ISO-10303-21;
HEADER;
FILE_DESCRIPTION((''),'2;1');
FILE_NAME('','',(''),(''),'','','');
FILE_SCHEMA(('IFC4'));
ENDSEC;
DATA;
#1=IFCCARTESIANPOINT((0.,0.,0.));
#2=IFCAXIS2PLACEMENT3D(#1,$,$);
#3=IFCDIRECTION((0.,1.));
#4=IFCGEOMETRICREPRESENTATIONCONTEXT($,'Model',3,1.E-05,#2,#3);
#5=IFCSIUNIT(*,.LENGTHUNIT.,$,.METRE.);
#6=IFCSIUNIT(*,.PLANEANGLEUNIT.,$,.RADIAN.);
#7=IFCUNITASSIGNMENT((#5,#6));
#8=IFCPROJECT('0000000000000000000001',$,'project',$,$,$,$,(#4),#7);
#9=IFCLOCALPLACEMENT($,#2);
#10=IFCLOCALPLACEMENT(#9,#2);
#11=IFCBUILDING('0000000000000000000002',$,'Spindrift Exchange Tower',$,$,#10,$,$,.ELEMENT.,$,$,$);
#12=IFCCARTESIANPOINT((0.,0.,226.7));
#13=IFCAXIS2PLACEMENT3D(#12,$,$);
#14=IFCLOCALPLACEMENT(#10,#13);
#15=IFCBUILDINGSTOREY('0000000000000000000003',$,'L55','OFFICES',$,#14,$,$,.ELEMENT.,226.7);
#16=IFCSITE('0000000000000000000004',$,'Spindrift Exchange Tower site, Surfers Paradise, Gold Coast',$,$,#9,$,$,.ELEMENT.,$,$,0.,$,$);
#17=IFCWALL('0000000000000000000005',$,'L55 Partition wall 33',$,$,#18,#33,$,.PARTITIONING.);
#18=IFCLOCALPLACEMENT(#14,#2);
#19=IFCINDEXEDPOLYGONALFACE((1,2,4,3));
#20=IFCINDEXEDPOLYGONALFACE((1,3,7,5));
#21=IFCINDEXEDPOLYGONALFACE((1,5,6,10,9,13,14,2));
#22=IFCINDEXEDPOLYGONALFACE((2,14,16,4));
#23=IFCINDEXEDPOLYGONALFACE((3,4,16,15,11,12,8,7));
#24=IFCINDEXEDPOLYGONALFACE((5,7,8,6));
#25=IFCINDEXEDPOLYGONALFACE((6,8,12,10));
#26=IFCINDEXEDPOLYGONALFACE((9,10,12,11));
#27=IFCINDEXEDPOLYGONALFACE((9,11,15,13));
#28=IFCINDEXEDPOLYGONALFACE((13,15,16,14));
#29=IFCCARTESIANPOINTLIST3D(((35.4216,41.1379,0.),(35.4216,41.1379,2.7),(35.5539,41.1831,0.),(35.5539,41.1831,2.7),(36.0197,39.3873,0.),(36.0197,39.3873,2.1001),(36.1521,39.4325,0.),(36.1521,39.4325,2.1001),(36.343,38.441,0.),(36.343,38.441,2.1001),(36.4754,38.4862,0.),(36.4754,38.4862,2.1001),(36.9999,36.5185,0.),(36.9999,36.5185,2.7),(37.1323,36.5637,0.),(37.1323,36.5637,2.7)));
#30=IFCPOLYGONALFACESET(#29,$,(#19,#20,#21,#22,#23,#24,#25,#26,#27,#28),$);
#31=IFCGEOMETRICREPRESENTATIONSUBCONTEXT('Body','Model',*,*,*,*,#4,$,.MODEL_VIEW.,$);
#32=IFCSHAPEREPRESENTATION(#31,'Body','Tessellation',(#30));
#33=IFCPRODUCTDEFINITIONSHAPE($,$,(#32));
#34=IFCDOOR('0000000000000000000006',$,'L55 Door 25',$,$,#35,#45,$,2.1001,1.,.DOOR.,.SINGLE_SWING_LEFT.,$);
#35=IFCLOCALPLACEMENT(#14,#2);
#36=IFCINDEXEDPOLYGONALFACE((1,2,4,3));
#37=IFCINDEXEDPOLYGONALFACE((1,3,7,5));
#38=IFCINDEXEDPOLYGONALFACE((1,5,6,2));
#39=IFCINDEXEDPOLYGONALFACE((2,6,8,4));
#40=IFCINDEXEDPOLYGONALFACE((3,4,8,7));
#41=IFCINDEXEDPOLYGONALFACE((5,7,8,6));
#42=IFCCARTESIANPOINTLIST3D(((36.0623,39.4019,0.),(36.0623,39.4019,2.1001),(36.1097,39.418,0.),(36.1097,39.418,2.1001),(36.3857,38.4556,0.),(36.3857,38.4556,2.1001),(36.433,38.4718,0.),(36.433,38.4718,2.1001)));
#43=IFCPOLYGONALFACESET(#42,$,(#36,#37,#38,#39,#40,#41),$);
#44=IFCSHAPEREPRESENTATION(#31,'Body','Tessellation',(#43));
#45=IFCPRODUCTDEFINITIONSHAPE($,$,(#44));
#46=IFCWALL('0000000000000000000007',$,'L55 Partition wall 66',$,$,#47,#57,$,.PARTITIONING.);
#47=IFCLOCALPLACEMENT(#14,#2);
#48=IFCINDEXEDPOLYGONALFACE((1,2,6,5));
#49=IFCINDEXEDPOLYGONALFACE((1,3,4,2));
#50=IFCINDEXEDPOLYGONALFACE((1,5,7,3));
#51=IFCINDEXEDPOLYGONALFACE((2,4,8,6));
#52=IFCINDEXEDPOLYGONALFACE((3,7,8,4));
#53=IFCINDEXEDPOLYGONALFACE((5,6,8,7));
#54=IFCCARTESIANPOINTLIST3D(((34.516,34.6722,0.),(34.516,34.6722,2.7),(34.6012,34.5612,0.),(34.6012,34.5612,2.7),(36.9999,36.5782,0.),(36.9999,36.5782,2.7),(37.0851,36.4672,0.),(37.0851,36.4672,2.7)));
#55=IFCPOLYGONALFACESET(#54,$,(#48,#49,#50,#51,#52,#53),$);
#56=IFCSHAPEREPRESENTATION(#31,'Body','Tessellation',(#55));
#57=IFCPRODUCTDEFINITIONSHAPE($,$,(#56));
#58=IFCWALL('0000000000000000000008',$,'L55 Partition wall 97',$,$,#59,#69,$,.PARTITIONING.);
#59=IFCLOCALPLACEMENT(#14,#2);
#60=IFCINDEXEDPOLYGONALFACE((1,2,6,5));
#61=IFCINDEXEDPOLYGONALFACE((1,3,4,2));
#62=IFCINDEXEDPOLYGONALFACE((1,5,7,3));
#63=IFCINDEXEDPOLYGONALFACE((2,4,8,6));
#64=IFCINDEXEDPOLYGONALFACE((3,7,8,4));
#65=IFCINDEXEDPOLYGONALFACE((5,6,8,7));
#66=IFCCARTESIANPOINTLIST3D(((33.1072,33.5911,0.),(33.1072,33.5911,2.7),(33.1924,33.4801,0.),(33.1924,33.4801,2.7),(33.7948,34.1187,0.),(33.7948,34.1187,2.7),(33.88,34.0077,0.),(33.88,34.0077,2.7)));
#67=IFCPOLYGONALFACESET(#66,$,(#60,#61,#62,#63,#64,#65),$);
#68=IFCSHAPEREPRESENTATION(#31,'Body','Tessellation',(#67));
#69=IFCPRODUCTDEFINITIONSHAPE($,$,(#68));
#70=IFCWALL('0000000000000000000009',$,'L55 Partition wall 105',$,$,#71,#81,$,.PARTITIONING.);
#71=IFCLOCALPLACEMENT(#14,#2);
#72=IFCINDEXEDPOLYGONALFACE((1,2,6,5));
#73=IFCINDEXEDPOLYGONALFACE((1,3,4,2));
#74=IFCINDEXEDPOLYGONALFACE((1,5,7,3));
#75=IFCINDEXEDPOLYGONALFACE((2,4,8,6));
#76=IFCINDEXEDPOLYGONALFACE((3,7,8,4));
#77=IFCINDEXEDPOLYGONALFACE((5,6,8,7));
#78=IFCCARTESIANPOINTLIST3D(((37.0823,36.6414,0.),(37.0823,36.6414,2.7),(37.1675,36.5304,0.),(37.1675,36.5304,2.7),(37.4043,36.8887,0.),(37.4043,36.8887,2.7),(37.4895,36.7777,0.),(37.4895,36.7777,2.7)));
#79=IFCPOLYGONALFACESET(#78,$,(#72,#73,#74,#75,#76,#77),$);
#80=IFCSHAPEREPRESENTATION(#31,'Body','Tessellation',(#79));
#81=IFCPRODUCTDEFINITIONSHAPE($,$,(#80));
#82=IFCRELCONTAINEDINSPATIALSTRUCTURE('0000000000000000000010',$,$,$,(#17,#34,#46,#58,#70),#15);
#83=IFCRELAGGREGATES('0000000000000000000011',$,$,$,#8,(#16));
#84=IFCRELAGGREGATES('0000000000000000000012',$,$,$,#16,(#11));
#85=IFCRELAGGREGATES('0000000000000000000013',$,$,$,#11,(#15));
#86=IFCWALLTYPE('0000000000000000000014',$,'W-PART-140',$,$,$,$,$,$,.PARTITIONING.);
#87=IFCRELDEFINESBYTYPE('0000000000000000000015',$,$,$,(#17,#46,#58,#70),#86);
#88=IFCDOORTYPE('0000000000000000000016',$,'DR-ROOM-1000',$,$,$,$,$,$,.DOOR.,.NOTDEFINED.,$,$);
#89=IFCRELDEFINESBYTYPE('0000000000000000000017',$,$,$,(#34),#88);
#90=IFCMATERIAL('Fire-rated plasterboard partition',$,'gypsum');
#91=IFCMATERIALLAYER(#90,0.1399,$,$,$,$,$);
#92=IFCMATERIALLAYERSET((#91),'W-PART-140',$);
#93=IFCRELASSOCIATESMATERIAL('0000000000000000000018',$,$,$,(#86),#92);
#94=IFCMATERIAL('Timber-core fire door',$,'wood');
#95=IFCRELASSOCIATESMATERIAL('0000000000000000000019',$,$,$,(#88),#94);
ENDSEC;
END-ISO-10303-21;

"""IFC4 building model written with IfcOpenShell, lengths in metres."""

from ifc_helpers import new_model, si_unit, direction, frame, frame_2d, origin, place, context, subcontext, project, spatial, rectangle, extrude, source, transform, mapped, material, layer, layer_set, type_object, element, fill, save


model = new_model("IFC4")

# Units and contexts
model_context = context("Model", 3, precision=1e-05, world=origin(), true_north=direction((0.0, 1.0)))
body_context = subcontext(model_context, "Body", "Model", "MODEL_VIEW")
ifc_project = project(units=[si_unit("LENGTHUNIT", "METRE"), si_unit("PLANEANGLEUNIT", "RADIAN")], contexts=[model_context])

# Site, building, storey
site_placement = place(None, origin())
site = spatial("IfcSite", under=ifc_project, at=site_placement, Name="Spindrift Exchange Tower site, Surfers Paradise, Gold Coast", CompositionType="ELEMENT", RefElevation=0.0)
building_placement = place(site_placement, origin())
building = spatial("IfcBuilding", under=site, at=building_placement, Name="Spindrift Exchange Tower", CompositionType="ELEMENT")
storey_placement = place(building_placement, frame((0.0, 0.0, 226.7)))
storey = spatial("IfcBuildingStorey", under=building, at=storey_placement, Name="L55", Description="OFFICES", CompositionType="ELEMENT", Elevation=226.7)

# Wall, opening, door
ifc_material_1 = material(Name="Fire-rated plasterboard partition", Category="gypsum")
ifc_layer_1 = layer(ifc_material_1, 0.1399)
ifc_layer_set_1 = layer_set([ifc_layer_1], Name="W-PART-140")
wall_type = type_object("IfcWallType", Name="W-PART-140", PredefinedType="PARTITIONING", material=ifc_layer_set_1)
wall_1_placement = place(storey_placement, frame((37.0662, 36.541, 0.0), z_axis=(0.0, 0.0, 1.0), x_axis=(-0.323331, 0.946286, 0.0)))
wall_1 = element("IfcWall", 1, at=wall_1_placement, inside=storey, type_object=wall_type, Name="L55 Partition wall 33", PredefinedType="PARTITIONING", context=body_context, shape_type="SweptSolid", body=[
    extrude(rectangle(XDim=4.8816, YDim=0.1399, at=frame_2d((2.4409, 0.0))), origin(), (0.0, 0.0, 1.0), 2.7),
])
opening_placement = place(wall_1_placement, frame((2.0317, 0.0, 0.0)))
opening = element("IfcOpeningElement", 2, at=opening_placement, cuts=wall_1, PredefinedType="OPENING", context=body_context, shape_type="SweptSolid", body=[
    extrude(rectangle(XDim=1.0, YDim=2.1001, at=frame_2d((0.5, 1.05))), frame((0.0, 0.0798, 0.0), z_axis=(0.0, -1.0, 0.0), x_axis=(1.0, 0.0, 0.0)), (0.0, 0.0, 1.0), 0.1599),
])
ifc_material_2 = material(Name="Timber-core fire door", Category="wood")
door_type = type_object("IfcDoorType", Name="DR-ROOM-1000", OperationType="NOTDEFINED", PredefinedType="DOOR", material=ifc_material_2)
shared_shape_1 = source(origin(), body_context, "Body", "SweptSolid", [
    extrude(rectangle(XDim=1.0, YDim=2.1001, at=frame_2d((0.5, 1.05))), frame((0.0, 0.0249, 0.0), z_axis=(0.0, -1.0, 0.0), x_axis=(1.0, 0.0, 0.0)), (0.0, 0.0, 1.0), 0.05),
])
door_placement = place(opening_placement, origin())
door = element("IfcDoor", 3, at=door_placement, inside=storey, type_object=door_type, Name="L55 Door 25", OperationType="SINGLE_SWING_LEFT", OverallHeight=2.1001, OverallWidth=1.0, PredefinedType="DOOR", context=body_context, shape_type="MappedRepresentation", body=[
    mapped(shared_shape_1, transform((0.0, 0.0, 0.0), scale=1.0)),
])
fill(opening, door)

# Walls
wall_2_placement = place(storey_placement, frame((37.0425, 36.5227, 0.0), z_axis=(0.0, 0.0, 1.0), x_axis=(-0.793345, -0.608772, 0.0)))
element("IfcWall", 4, at=wall_2_placement, inside=storey, type_object=wall_type, Name="L55 Partition wall 66", PredefinedType="PARTITIONING", context=body_context, shape_type="SweptSolid", body=[
    extrude(rectangle(XDim=3.1309, YDim=0.1399, at=frame_2d((1.5654, 0.0))), origin(), (0.0, 0.0, 1.0), 2.7),
])
wall_3_placement = place(storey_placement, frame((33.8374, 34.0632, 0.0), z_axis=(0.0, 0.0, 1.0), x_axis=(-0.793325, -0.608798, 0.0)))
element("IfcWall", 5, at=wall_3_placement, inside=storey, type_object=wall_type, Name="L55 Partition wall 97", PredefinedType="PARTITIONING", context=body_context, shape_type="SweptSolid", body=[
    extrude(rectangle(XDim=0.8667, YDim=0.1399, at=frame_2d((0.4333, 0.0))), origin(), (0.0, 0.0, 1.0), 2.7),
])
wall_4_placement = place(storey_placement, frame((37.447, 36.8333, 0.0), z_axis=(0.0, 0.0, 1.0), x_axis=(-0.793093, -0.6091, 0.0)))
element("IfcWall", 6, at=wall_4_placement, inside=storey, type_object=wall_type, Name="L55 Partition wall 105", PredefinedType="PARTITIONING", context=body_context, shape_type="SweptSolid", body=[
    extrude(rectangle(XDim=0.406, YDim=0.1399, at=frame_2d((0.2031, 0.0))), origin(), (0.0, 0.0, 1.0), 2.7),
])

save(model, "model.ifc")
